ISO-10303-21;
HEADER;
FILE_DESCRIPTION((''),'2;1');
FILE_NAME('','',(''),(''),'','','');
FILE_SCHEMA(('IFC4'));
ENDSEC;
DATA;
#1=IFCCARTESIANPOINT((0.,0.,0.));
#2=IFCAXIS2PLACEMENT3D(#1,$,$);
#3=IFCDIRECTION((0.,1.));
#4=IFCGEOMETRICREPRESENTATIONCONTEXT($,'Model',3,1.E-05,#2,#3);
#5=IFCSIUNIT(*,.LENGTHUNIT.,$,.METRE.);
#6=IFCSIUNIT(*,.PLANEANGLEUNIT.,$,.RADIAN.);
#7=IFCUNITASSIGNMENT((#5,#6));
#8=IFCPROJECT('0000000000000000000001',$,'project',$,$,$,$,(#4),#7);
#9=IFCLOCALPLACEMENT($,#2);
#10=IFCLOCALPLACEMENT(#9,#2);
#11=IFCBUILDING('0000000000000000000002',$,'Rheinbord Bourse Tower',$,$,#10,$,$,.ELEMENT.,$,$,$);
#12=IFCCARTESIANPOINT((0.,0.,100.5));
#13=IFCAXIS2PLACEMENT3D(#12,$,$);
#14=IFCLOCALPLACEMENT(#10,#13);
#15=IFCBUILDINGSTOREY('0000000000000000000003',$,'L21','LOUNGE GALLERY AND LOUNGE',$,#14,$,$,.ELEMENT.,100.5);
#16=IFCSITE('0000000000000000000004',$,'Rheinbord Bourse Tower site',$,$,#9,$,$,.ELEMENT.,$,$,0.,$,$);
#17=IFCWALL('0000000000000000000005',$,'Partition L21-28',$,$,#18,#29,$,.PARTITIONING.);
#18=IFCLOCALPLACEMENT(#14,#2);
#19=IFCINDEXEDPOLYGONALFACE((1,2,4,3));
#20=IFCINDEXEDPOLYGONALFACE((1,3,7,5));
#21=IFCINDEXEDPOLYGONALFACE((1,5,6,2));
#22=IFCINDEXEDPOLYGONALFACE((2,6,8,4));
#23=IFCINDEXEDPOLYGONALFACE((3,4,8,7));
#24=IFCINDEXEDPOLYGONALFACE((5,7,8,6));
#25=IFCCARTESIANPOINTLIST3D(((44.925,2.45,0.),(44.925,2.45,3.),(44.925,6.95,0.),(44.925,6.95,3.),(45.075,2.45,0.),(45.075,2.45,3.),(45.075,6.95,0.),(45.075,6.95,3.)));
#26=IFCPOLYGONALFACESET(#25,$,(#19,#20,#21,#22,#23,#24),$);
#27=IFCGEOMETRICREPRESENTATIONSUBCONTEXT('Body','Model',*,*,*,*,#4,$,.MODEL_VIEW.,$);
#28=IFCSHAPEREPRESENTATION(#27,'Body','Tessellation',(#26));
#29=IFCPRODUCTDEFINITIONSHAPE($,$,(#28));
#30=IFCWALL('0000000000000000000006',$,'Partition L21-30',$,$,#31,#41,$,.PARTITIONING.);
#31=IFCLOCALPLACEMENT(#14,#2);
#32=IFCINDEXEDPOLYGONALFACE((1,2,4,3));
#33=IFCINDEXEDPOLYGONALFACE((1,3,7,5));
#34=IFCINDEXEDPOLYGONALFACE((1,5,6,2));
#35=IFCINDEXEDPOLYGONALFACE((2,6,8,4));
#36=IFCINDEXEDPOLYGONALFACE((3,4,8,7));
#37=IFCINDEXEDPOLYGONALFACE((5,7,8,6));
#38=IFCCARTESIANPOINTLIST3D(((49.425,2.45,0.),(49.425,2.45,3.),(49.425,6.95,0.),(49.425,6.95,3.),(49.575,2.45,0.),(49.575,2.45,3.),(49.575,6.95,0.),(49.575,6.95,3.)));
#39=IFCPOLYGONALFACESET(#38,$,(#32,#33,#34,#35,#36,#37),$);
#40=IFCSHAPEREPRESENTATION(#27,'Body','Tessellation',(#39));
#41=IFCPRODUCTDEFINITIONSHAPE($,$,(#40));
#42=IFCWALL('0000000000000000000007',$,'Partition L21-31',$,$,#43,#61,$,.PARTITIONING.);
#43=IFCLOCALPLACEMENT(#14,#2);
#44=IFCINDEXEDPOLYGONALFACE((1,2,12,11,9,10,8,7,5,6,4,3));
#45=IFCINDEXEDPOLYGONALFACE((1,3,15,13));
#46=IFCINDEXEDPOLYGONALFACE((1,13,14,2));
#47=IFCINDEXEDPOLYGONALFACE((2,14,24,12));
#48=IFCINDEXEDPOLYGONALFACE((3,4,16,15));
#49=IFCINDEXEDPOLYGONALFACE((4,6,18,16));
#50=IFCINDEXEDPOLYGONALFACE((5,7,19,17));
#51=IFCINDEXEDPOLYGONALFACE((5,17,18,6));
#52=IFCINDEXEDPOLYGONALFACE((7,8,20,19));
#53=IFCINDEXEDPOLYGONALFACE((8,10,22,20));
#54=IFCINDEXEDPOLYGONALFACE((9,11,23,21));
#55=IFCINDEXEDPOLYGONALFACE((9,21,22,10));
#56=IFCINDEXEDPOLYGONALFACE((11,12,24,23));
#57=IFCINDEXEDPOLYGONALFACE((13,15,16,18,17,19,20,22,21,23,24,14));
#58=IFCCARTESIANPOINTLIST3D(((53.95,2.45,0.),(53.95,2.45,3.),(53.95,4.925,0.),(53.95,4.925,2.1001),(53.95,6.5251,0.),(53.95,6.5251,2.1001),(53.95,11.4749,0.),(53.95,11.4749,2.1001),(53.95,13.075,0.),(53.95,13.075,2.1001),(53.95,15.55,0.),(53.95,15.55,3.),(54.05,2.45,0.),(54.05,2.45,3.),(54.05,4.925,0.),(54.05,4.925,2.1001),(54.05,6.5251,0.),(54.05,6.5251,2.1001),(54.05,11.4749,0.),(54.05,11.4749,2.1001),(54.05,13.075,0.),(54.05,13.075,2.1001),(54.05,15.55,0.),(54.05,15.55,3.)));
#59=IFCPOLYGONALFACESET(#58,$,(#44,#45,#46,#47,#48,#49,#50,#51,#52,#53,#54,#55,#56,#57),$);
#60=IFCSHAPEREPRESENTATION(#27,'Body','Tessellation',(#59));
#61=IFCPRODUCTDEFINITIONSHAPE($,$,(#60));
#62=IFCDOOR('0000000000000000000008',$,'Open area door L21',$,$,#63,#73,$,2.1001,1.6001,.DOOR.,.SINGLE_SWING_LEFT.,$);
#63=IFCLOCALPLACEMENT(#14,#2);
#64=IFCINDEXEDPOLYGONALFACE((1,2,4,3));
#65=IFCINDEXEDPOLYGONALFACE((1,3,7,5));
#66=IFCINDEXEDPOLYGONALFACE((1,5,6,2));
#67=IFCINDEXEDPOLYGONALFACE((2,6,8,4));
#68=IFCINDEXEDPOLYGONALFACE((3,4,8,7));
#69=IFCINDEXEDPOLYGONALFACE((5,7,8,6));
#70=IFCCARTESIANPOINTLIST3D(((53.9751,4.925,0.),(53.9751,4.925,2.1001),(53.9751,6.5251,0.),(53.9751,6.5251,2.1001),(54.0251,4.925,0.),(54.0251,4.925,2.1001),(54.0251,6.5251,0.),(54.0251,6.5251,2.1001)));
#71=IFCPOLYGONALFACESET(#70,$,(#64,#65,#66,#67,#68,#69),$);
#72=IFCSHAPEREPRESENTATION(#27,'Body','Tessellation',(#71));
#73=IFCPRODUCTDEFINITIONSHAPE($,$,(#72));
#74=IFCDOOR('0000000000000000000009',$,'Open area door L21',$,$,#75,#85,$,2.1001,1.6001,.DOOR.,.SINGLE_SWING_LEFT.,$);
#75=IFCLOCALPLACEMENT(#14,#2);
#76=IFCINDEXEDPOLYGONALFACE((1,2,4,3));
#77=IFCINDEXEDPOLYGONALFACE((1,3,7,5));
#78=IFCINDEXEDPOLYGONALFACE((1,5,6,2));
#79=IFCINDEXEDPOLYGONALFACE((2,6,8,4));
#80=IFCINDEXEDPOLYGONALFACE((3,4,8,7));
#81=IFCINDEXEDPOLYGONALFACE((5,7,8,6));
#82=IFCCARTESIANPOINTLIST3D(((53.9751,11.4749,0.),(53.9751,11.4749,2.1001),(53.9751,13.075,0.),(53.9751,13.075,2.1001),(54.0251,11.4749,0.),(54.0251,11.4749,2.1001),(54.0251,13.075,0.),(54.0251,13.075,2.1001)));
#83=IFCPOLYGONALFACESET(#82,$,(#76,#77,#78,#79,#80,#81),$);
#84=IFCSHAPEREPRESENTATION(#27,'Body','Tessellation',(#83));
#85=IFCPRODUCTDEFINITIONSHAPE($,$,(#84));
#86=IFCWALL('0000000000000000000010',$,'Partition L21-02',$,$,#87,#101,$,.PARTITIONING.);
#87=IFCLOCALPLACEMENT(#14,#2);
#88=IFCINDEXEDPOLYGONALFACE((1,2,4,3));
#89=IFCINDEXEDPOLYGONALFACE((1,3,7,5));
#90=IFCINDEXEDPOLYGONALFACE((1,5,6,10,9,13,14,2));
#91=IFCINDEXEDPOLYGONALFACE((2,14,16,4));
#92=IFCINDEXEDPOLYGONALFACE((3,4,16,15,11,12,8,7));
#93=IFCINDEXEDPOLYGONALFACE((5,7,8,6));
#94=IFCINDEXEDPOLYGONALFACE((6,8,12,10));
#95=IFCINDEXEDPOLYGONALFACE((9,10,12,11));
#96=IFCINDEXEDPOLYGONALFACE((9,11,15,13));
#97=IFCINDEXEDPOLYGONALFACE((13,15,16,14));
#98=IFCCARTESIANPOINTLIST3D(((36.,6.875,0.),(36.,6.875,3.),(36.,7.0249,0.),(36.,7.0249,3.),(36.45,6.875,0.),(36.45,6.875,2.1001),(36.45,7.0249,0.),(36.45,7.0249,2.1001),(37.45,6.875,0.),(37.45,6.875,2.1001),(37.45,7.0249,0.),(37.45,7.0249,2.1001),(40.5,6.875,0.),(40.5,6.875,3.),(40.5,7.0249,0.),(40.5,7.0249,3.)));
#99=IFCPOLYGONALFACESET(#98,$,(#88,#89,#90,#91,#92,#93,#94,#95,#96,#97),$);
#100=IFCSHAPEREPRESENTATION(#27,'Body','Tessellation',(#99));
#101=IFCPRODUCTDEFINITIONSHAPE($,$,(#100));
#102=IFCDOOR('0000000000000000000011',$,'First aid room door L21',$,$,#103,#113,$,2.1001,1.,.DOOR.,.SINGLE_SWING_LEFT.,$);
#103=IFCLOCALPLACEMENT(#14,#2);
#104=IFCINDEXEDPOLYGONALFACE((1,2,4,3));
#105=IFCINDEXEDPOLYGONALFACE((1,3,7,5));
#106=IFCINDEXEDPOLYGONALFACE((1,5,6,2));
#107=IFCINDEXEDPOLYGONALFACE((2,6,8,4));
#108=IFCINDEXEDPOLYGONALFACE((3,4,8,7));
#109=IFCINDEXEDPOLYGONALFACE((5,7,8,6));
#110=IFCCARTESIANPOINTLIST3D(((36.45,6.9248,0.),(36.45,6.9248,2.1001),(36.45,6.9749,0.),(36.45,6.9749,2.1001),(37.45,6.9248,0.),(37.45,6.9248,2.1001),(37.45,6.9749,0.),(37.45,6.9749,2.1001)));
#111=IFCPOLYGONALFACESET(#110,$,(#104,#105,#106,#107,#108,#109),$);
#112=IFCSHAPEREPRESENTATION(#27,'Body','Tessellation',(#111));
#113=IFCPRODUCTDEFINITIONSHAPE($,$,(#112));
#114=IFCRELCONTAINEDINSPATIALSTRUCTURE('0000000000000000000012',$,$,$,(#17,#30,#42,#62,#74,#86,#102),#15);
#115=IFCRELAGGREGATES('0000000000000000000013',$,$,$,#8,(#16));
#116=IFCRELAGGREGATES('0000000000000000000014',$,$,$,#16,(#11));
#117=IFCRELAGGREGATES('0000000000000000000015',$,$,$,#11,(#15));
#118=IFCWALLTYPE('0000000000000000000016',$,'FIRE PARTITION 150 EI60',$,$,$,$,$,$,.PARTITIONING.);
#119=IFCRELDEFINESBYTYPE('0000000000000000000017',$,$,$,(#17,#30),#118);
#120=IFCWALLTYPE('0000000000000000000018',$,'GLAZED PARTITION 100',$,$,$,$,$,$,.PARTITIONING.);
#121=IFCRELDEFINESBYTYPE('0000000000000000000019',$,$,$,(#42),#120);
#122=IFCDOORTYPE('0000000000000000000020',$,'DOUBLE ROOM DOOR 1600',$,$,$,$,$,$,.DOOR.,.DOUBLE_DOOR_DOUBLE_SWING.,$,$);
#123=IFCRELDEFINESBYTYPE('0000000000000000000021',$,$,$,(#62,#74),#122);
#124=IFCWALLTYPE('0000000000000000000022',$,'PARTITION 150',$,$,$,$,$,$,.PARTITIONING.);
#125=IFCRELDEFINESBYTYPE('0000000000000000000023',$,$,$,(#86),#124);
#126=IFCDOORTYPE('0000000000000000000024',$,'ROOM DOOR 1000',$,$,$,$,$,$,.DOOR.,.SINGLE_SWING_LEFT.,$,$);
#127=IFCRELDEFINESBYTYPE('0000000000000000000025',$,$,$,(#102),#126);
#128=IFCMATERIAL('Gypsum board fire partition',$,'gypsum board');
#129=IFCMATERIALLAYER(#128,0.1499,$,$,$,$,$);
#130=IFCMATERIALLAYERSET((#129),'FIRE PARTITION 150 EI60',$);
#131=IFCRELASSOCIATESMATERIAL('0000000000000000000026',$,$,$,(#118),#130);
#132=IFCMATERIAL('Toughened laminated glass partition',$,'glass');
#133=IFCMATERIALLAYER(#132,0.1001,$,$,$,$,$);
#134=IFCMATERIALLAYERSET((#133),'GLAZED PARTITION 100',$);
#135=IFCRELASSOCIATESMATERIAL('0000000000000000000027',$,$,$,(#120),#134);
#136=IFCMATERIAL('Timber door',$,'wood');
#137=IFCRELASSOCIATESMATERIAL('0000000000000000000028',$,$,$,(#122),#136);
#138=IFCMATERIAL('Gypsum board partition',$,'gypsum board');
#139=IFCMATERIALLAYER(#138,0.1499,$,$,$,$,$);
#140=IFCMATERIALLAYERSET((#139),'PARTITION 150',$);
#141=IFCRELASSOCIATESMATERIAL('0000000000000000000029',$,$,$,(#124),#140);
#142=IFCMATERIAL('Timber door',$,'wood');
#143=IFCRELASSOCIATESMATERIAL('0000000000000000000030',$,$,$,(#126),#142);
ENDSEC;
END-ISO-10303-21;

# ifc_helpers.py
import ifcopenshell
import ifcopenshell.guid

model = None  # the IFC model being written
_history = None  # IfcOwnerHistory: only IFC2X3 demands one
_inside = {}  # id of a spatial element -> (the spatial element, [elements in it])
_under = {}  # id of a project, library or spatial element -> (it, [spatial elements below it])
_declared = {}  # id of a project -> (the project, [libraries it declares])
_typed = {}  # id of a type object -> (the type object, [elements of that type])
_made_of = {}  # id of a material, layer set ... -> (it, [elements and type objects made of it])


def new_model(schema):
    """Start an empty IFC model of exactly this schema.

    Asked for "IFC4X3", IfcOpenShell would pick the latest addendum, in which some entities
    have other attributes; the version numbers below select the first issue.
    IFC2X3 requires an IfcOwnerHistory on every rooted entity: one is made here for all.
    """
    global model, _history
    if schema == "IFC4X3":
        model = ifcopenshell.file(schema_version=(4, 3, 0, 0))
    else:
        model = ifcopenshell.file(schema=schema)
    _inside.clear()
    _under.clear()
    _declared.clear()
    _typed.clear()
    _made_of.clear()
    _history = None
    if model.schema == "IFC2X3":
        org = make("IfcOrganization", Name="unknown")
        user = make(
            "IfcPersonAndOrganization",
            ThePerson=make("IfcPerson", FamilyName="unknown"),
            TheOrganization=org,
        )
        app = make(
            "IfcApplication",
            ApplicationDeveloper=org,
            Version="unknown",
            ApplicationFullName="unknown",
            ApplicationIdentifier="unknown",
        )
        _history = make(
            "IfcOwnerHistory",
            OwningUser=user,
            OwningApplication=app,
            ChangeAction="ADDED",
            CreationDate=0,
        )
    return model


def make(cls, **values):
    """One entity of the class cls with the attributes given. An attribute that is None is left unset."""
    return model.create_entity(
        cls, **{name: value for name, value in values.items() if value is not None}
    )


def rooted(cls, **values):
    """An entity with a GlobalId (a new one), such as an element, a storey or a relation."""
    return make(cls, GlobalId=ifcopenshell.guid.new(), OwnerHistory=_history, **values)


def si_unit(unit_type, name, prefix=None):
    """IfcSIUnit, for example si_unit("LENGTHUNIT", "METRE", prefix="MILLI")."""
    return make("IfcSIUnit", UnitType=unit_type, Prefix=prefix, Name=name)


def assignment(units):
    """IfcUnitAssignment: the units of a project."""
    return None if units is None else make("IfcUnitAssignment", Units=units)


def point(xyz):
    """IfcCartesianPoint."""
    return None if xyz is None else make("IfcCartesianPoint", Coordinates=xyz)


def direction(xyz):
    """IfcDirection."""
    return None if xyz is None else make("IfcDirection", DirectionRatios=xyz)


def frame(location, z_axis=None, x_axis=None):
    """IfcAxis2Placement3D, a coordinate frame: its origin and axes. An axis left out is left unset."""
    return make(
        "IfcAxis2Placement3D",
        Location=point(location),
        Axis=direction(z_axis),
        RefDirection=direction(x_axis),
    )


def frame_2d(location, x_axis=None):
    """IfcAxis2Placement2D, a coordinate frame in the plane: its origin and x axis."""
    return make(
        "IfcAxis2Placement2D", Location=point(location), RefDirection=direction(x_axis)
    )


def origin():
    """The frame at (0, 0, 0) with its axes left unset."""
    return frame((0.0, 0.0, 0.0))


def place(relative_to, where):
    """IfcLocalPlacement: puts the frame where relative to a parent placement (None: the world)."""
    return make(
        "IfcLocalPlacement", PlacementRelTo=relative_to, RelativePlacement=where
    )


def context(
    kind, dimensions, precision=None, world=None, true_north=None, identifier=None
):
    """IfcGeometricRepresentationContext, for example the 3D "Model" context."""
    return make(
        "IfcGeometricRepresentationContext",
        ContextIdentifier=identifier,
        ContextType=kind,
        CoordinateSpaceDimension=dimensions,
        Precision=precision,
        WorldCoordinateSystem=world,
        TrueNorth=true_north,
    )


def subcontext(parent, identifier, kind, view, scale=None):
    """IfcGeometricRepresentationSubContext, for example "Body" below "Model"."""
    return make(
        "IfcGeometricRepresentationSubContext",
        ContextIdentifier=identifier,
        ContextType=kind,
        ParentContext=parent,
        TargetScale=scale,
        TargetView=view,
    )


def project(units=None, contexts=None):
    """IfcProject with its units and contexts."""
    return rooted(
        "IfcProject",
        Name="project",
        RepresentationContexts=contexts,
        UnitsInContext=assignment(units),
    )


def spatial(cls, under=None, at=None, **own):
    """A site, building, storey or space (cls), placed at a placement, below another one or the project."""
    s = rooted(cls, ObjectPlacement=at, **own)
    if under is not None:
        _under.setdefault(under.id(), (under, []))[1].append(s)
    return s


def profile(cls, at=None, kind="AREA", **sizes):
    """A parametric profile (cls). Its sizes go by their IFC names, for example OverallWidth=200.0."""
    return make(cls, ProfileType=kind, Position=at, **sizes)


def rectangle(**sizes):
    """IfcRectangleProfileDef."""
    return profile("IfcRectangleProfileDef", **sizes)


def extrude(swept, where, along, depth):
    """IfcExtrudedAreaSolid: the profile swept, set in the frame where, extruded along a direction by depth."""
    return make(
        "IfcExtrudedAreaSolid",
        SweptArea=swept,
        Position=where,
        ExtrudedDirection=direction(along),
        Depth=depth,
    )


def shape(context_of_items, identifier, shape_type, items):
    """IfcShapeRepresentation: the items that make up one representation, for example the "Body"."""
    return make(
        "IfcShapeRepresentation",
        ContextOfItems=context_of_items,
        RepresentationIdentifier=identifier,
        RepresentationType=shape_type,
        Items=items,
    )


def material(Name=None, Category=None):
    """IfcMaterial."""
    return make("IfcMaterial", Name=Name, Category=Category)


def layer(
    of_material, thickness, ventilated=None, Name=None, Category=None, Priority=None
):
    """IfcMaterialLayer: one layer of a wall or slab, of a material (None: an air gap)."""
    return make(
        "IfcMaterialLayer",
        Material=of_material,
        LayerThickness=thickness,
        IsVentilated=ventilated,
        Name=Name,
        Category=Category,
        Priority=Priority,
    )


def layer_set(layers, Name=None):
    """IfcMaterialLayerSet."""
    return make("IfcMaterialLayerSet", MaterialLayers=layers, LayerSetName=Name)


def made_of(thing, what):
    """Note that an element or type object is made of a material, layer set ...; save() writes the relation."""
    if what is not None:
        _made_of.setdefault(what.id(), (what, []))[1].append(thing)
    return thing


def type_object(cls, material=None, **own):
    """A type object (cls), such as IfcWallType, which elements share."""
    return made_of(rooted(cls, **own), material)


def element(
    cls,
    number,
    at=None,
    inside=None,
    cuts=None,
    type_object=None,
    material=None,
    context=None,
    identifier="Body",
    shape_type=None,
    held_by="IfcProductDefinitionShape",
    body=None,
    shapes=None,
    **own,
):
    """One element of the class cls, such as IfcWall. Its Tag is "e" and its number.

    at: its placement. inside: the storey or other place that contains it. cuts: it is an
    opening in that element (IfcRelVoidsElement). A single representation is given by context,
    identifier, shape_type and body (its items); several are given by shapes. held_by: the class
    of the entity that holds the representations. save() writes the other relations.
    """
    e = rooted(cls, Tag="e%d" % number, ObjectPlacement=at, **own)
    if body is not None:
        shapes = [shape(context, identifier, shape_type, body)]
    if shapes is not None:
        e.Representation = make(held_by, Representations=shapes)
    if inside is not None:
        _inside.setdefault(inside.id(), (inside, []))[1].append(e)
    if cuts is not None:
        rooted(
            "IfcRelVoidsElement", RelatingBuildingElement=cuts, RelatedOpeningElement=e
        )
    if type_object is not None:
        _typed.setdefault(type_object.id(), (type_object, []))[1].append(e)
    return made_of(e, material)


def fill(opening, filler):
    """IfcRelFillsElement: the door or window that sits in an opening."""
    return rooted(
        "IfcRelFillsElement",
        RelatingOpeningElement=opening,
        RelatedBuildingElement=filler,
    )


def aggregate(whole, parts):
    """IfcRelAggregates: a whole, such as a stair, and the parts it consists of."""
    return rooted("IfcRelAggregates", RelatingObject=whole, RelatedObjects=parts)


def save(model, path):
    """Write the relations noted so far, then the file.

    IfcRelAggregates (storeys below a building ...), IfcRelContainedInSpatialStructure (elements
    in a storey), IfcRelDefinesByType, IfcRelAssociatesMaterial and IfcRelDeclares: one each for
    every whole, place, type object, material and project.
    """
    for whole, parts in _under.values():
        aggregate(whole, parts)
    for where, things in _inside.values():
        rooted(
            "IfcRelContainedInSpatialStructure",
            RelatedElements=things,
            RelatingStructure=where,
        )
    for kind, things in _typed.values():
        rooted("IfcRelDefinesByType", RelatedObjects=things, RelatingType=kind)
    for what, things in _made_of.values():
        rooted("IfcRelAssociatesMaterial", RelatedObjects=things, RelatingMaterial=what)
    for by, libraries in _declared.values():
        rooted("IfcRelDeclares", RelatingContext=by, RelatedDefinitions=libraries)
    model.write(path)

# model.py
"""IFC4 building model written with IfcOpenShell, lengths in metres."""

from ifc_helpers import new_model, si_unit, direction, frame, frame_2d, origin, place, context, subcontext, project, spatial, rectangle, extrude, material, layer, layer_set, type_object, element, fill, save


model = new_model("IFC4")

# Units and contexts
model_context = context("Model", 3, precision=1e-05, world=origin(), true_north=direction((0.0, 1.0)))
body_context = subcontext(model_context, "Body", "Model", "MODEL_VIEW")
ifc_project = project(units=[si_unit("LENGTHUNIT", "METRE"), si_unit("PLANEANGLEUNIT", "RADIAN")], contexts=[model_context])

# Site, building, storey
site_placement = place(None, origin())
site = spatial("IfcSite", under=ifc_project, at=site_placement, Name="Rheinbord Bourse Tower site", CompositionType="ELEMENT", RefElevation=0.0)
building_placement = place(site_placement, origin())
building = spatial("IfcBuilding", under=site, at=building_placement, Name="Rheinbord Bourse Tower", CompositionType="ELEMENT")
storey_placement = place(building_placement, frame((0.0, 0.0, 100.5)))
storey = spatial("IfcBuildingStorey", under=building, at=storey_placement, Name="L21", Description="LOUNGE GALLERY AND LOUNGE", CompositionType="ELEMENT", Elevation=100.5)

# Shared definitions
ifc_material_1 = material(Name="Gypsum board fire partition", Category="gypsum board")
ifc_layer_1 = layer(ifc_material_1, 0.1499)
ifc_layer_set_1 = layer_set([ifc_layer_1], Name="FIRE PARTITION 150 EI60")
wall_type_1 = type_object("IfcWallType", Name="FIRE PARTITION 150 EI60", PredefinedType="PARTITIONING", material=ifc_layer_set_1)

# Walls
for number, where, z_axis, x_axis, name in (
    (1, (45.0, 2.45, 0.0), (0.0, 0.0, 1.0), (0.0, 1.0, 0.0), "Partition L21-28"),
    (2, (49.5, 2.45, 0.0), (0.0, 0.0, 1.0), (0.0, 1.0, 0.0), "Partition L21-30"),
):
    element("IfcWall", number, at=place(storey_placement, frame(where, z_axis=z_axis, x_axis=x_axis)), inside=storey, type_object=wall_type_1, Name=name, PredefinedType="PARTITIONING", context=body_context, shape_type="SweptSolid", body=[
        extrude(rectangle(XDim=4.5, YDim=0.1499, at=frame_2d((2.25, 0.0))), origin(), (0.0, 0.0, 1.0), 3.0),
    ])

# Wall, openings, doors
ifc_material_2 = material(Name="Toughened laminated glass partition", Category="glass")
ifc_layer_2 = layer(ifc_material_2, 0.1001)
ifc_layer_set_2 = layer_set([ifc_layer_2], Name="GLAZED PARTITION 100")
wall_type_2 = type_object("IfcWallType", Name="GLAZED PARTITION 100", PredefinedType="PARTITIONING", material=ifc_layer_set_2)
wall_1_placement = place(storey_placement, frame((54.0, 2.45, 0.0), z_axis=(0.0, 0.0, 1.0), x_axis=(0.0, 1.0, 0.0)))
wall_1 = element("IfcWall", 3, at=wall_1_placement, inside=storey, type_object=wall_type_2, Name="Partition L21-31", PredefinedType="PARTITIONING", context=body_context, shape_type="SweptSolid", body=[
    extrude(rectangle(XDim=13.1001, YDim=0.1001, at=frame_2d((6.55, 0.0))), origin(), (0.0, 0.0, 1.0), 3.0),
])
opening_1_placement = place(wall_1_placement, frame((2.4751, 0.0, 0.0)))
opening_1 = element("IfcOpeningElement", 4, at=opening_1_placement, cuts=wall_1, PredefinedType="OPENING", context=body_context, shape_type="SweptSolid", body=[
    extrude(rectangle(XDim=1.6001, YDim=2.1001, at=frame_2d((0.8, 1.05))), frame((0.0, 0.0601, 0.0), z_axis=(0.0, -1.0, 0.0), x_axis=(1.0, 0.0, 0.0)), (0.0, 0.0, 1.0), 0.1201),
])
opening_2_placement = place(wall_1_placement, frame((9.0249, 0.0, 0.0)))
opening_2 = element("IfcOpeningElement", 5, at=opening_2_placement, cuts=wall_1, PredefinedType="OPENING", context=body_context, shape_type="SweptSolid", body=[
    extrude(rectangle(XDim=1.6001, YDim=2.1001, at=frame_2d((0.8, 1.05))), frame((0.0, 0.0601, 0.0), z_axis=(0.0, -1.0, 0.0), x_axis=(1.0, 0.0, 0.0)), (0.0, 0.0, 1.0), 0.1201),
])
ifc_material_3 = material(Name="Timber door", Category="wood")
door_type_1 = type_object("IfcDoorType", Name="DOUBLE ROOM DOOR 1600", OperationType="DOUBLE_DOOR_DOUBLE_SWING", PredefinedType="DOOR", material=ifc_material_3)
door_1_placement = place(opening_1_placement, origin())
door_1 = element("IfcDoor", 6, at=door_1_placement, inside=storey, type_object=door_type_1, Name="Open area door L21", OperationType="SINGLE_SWING_LEFT", OverallHeight=2.1001, OverallWidth=1.6001, PredefinedType="DOOR", context=body_context, shape_type="SweptSolid", body=[
    extrude(rectangle(XDim=1.6001, YDim=2.1001, at=frame_2d((0.8, 1.05))), frame((0.0, 0.0249, 0.0), z_axis=(0.0, -1.0, 0.0), x_axis=(1.0, 0.0, 0.0)), (0.0, 0.0, 1.0), 0.05),
])
fill(opening_1, door_1)
door_2_placement = place(opening_2_placement, origin())
door_2 = element("IfcDoor", 7, at=door_2_placement, inside=storey, type_object=door_type_1, Name="Open area door L21", OperationType="SINGLE_SWING_LEFT", OverallHeight=2.1001, OverallWidth=1.6001, PredefinedType="DOOR", context=body_context, shape_type="SweptSolid", body=[
    extrude(rectangle(XDim=1.6001, YDim=2.1001, at=frame_2d((0.8, 1.05))), frame((0.0, 0.0249, 0.0), z_axis=(0.0, -1.0, 0.0), x_axis=(1.0, 0.0, 0.0)), (0.0, 0.0, 1.0), 0.05),
])
fill(opening_2, door_2)

# Wall, opening, door
ifc_material_4 = material(Name="Gypsum board partition", Category="gypsum board")
ifc_layer_3 = layer(ifc_material_4, 0.1499)
ifc_layer_set_3 = layer_set([ifc_layer_3], Name="PARTITION 150")
wall_type_3 = type_object("IfcWallType", Name="PARTITION 150", PredefinedType="PARTITIONING", material=ifc_layer_set_3)
wall_2_placement = place(storey_placement, frame((36.0, 6.95, 0.0), z_axis=(0.0, 0.0, 1.0), x_axis=(1.0, 0.0, 0.0)))
wall_2 = element("IfcWall", 8, at=wall_2_placement, inside=storey, type_object=wall_type_3, Name="Partition L21-02", PredefinedType="PARTITIONING", context=body_context, shape_type="SweptSolid", body=[
    extrude(rectangle(XDim=4.5, YDim=0.1499, at=frame_2d((2.25, 0.0))), origin(), (0.0, 0.0, 1.0), 3.0),
])
opening_3_placement = place(wall_2_placement, frame((0.45, 0.0, 0.0)))
opening_3 = element("IfcOpeningElement", 9, at=opening_3_placement, cuts=wall_2, PredefinedType="OPENING", context=body_context, shape_type="SweptSolid", body=[
    extrude(rectangle(XDim=1.0, YDim=2.1001, at=frame_2d((0.5, 1.05))), frame((0.0, 0.085, 0.0), z_axis=(0.0, -1.0, 0.0), x_axis=(1.0, 0.0, 0.0)), (0.0, 0.0, 1.0), 0.1699),
])
ifc_material_5 = material(Name="Timber door", Category="wood")
door_type_2 = type_object("IfcDoorType", Name="ROOM DOOR 1000", OperationType="SINGLE_SWING_LEFT", PredefinedType="DOOR", material=ifc_material_5)
door_3_placement = place(opening_3_placement, origin())
door_3 = element("IfcDoor", 10, at=door_3_placement, inside=storey, type_object=door_type_2, Name="First aid room door L21", OperationType="SINGLE_SWING_LEFT", OverallHeight=2.1001, OverallWidth=1.0, PredefinedType="DOOR", context=body_context, shape_type="SweptSolid", body=[
    extrude(rectangle(XDim=1.0, YDim=2.1001, at=frame_2d((0.5, 1.05))), frame((0.0, 0.0249, 0.0), z_axis=(0.0, -1.0, 0.0), x_axis=(1.0, 0.0, 0.0)), (0.0, 0.0, 1.0), 0.05),
])
fill(opening_3, door_3)

save(model, "model.ifc")
